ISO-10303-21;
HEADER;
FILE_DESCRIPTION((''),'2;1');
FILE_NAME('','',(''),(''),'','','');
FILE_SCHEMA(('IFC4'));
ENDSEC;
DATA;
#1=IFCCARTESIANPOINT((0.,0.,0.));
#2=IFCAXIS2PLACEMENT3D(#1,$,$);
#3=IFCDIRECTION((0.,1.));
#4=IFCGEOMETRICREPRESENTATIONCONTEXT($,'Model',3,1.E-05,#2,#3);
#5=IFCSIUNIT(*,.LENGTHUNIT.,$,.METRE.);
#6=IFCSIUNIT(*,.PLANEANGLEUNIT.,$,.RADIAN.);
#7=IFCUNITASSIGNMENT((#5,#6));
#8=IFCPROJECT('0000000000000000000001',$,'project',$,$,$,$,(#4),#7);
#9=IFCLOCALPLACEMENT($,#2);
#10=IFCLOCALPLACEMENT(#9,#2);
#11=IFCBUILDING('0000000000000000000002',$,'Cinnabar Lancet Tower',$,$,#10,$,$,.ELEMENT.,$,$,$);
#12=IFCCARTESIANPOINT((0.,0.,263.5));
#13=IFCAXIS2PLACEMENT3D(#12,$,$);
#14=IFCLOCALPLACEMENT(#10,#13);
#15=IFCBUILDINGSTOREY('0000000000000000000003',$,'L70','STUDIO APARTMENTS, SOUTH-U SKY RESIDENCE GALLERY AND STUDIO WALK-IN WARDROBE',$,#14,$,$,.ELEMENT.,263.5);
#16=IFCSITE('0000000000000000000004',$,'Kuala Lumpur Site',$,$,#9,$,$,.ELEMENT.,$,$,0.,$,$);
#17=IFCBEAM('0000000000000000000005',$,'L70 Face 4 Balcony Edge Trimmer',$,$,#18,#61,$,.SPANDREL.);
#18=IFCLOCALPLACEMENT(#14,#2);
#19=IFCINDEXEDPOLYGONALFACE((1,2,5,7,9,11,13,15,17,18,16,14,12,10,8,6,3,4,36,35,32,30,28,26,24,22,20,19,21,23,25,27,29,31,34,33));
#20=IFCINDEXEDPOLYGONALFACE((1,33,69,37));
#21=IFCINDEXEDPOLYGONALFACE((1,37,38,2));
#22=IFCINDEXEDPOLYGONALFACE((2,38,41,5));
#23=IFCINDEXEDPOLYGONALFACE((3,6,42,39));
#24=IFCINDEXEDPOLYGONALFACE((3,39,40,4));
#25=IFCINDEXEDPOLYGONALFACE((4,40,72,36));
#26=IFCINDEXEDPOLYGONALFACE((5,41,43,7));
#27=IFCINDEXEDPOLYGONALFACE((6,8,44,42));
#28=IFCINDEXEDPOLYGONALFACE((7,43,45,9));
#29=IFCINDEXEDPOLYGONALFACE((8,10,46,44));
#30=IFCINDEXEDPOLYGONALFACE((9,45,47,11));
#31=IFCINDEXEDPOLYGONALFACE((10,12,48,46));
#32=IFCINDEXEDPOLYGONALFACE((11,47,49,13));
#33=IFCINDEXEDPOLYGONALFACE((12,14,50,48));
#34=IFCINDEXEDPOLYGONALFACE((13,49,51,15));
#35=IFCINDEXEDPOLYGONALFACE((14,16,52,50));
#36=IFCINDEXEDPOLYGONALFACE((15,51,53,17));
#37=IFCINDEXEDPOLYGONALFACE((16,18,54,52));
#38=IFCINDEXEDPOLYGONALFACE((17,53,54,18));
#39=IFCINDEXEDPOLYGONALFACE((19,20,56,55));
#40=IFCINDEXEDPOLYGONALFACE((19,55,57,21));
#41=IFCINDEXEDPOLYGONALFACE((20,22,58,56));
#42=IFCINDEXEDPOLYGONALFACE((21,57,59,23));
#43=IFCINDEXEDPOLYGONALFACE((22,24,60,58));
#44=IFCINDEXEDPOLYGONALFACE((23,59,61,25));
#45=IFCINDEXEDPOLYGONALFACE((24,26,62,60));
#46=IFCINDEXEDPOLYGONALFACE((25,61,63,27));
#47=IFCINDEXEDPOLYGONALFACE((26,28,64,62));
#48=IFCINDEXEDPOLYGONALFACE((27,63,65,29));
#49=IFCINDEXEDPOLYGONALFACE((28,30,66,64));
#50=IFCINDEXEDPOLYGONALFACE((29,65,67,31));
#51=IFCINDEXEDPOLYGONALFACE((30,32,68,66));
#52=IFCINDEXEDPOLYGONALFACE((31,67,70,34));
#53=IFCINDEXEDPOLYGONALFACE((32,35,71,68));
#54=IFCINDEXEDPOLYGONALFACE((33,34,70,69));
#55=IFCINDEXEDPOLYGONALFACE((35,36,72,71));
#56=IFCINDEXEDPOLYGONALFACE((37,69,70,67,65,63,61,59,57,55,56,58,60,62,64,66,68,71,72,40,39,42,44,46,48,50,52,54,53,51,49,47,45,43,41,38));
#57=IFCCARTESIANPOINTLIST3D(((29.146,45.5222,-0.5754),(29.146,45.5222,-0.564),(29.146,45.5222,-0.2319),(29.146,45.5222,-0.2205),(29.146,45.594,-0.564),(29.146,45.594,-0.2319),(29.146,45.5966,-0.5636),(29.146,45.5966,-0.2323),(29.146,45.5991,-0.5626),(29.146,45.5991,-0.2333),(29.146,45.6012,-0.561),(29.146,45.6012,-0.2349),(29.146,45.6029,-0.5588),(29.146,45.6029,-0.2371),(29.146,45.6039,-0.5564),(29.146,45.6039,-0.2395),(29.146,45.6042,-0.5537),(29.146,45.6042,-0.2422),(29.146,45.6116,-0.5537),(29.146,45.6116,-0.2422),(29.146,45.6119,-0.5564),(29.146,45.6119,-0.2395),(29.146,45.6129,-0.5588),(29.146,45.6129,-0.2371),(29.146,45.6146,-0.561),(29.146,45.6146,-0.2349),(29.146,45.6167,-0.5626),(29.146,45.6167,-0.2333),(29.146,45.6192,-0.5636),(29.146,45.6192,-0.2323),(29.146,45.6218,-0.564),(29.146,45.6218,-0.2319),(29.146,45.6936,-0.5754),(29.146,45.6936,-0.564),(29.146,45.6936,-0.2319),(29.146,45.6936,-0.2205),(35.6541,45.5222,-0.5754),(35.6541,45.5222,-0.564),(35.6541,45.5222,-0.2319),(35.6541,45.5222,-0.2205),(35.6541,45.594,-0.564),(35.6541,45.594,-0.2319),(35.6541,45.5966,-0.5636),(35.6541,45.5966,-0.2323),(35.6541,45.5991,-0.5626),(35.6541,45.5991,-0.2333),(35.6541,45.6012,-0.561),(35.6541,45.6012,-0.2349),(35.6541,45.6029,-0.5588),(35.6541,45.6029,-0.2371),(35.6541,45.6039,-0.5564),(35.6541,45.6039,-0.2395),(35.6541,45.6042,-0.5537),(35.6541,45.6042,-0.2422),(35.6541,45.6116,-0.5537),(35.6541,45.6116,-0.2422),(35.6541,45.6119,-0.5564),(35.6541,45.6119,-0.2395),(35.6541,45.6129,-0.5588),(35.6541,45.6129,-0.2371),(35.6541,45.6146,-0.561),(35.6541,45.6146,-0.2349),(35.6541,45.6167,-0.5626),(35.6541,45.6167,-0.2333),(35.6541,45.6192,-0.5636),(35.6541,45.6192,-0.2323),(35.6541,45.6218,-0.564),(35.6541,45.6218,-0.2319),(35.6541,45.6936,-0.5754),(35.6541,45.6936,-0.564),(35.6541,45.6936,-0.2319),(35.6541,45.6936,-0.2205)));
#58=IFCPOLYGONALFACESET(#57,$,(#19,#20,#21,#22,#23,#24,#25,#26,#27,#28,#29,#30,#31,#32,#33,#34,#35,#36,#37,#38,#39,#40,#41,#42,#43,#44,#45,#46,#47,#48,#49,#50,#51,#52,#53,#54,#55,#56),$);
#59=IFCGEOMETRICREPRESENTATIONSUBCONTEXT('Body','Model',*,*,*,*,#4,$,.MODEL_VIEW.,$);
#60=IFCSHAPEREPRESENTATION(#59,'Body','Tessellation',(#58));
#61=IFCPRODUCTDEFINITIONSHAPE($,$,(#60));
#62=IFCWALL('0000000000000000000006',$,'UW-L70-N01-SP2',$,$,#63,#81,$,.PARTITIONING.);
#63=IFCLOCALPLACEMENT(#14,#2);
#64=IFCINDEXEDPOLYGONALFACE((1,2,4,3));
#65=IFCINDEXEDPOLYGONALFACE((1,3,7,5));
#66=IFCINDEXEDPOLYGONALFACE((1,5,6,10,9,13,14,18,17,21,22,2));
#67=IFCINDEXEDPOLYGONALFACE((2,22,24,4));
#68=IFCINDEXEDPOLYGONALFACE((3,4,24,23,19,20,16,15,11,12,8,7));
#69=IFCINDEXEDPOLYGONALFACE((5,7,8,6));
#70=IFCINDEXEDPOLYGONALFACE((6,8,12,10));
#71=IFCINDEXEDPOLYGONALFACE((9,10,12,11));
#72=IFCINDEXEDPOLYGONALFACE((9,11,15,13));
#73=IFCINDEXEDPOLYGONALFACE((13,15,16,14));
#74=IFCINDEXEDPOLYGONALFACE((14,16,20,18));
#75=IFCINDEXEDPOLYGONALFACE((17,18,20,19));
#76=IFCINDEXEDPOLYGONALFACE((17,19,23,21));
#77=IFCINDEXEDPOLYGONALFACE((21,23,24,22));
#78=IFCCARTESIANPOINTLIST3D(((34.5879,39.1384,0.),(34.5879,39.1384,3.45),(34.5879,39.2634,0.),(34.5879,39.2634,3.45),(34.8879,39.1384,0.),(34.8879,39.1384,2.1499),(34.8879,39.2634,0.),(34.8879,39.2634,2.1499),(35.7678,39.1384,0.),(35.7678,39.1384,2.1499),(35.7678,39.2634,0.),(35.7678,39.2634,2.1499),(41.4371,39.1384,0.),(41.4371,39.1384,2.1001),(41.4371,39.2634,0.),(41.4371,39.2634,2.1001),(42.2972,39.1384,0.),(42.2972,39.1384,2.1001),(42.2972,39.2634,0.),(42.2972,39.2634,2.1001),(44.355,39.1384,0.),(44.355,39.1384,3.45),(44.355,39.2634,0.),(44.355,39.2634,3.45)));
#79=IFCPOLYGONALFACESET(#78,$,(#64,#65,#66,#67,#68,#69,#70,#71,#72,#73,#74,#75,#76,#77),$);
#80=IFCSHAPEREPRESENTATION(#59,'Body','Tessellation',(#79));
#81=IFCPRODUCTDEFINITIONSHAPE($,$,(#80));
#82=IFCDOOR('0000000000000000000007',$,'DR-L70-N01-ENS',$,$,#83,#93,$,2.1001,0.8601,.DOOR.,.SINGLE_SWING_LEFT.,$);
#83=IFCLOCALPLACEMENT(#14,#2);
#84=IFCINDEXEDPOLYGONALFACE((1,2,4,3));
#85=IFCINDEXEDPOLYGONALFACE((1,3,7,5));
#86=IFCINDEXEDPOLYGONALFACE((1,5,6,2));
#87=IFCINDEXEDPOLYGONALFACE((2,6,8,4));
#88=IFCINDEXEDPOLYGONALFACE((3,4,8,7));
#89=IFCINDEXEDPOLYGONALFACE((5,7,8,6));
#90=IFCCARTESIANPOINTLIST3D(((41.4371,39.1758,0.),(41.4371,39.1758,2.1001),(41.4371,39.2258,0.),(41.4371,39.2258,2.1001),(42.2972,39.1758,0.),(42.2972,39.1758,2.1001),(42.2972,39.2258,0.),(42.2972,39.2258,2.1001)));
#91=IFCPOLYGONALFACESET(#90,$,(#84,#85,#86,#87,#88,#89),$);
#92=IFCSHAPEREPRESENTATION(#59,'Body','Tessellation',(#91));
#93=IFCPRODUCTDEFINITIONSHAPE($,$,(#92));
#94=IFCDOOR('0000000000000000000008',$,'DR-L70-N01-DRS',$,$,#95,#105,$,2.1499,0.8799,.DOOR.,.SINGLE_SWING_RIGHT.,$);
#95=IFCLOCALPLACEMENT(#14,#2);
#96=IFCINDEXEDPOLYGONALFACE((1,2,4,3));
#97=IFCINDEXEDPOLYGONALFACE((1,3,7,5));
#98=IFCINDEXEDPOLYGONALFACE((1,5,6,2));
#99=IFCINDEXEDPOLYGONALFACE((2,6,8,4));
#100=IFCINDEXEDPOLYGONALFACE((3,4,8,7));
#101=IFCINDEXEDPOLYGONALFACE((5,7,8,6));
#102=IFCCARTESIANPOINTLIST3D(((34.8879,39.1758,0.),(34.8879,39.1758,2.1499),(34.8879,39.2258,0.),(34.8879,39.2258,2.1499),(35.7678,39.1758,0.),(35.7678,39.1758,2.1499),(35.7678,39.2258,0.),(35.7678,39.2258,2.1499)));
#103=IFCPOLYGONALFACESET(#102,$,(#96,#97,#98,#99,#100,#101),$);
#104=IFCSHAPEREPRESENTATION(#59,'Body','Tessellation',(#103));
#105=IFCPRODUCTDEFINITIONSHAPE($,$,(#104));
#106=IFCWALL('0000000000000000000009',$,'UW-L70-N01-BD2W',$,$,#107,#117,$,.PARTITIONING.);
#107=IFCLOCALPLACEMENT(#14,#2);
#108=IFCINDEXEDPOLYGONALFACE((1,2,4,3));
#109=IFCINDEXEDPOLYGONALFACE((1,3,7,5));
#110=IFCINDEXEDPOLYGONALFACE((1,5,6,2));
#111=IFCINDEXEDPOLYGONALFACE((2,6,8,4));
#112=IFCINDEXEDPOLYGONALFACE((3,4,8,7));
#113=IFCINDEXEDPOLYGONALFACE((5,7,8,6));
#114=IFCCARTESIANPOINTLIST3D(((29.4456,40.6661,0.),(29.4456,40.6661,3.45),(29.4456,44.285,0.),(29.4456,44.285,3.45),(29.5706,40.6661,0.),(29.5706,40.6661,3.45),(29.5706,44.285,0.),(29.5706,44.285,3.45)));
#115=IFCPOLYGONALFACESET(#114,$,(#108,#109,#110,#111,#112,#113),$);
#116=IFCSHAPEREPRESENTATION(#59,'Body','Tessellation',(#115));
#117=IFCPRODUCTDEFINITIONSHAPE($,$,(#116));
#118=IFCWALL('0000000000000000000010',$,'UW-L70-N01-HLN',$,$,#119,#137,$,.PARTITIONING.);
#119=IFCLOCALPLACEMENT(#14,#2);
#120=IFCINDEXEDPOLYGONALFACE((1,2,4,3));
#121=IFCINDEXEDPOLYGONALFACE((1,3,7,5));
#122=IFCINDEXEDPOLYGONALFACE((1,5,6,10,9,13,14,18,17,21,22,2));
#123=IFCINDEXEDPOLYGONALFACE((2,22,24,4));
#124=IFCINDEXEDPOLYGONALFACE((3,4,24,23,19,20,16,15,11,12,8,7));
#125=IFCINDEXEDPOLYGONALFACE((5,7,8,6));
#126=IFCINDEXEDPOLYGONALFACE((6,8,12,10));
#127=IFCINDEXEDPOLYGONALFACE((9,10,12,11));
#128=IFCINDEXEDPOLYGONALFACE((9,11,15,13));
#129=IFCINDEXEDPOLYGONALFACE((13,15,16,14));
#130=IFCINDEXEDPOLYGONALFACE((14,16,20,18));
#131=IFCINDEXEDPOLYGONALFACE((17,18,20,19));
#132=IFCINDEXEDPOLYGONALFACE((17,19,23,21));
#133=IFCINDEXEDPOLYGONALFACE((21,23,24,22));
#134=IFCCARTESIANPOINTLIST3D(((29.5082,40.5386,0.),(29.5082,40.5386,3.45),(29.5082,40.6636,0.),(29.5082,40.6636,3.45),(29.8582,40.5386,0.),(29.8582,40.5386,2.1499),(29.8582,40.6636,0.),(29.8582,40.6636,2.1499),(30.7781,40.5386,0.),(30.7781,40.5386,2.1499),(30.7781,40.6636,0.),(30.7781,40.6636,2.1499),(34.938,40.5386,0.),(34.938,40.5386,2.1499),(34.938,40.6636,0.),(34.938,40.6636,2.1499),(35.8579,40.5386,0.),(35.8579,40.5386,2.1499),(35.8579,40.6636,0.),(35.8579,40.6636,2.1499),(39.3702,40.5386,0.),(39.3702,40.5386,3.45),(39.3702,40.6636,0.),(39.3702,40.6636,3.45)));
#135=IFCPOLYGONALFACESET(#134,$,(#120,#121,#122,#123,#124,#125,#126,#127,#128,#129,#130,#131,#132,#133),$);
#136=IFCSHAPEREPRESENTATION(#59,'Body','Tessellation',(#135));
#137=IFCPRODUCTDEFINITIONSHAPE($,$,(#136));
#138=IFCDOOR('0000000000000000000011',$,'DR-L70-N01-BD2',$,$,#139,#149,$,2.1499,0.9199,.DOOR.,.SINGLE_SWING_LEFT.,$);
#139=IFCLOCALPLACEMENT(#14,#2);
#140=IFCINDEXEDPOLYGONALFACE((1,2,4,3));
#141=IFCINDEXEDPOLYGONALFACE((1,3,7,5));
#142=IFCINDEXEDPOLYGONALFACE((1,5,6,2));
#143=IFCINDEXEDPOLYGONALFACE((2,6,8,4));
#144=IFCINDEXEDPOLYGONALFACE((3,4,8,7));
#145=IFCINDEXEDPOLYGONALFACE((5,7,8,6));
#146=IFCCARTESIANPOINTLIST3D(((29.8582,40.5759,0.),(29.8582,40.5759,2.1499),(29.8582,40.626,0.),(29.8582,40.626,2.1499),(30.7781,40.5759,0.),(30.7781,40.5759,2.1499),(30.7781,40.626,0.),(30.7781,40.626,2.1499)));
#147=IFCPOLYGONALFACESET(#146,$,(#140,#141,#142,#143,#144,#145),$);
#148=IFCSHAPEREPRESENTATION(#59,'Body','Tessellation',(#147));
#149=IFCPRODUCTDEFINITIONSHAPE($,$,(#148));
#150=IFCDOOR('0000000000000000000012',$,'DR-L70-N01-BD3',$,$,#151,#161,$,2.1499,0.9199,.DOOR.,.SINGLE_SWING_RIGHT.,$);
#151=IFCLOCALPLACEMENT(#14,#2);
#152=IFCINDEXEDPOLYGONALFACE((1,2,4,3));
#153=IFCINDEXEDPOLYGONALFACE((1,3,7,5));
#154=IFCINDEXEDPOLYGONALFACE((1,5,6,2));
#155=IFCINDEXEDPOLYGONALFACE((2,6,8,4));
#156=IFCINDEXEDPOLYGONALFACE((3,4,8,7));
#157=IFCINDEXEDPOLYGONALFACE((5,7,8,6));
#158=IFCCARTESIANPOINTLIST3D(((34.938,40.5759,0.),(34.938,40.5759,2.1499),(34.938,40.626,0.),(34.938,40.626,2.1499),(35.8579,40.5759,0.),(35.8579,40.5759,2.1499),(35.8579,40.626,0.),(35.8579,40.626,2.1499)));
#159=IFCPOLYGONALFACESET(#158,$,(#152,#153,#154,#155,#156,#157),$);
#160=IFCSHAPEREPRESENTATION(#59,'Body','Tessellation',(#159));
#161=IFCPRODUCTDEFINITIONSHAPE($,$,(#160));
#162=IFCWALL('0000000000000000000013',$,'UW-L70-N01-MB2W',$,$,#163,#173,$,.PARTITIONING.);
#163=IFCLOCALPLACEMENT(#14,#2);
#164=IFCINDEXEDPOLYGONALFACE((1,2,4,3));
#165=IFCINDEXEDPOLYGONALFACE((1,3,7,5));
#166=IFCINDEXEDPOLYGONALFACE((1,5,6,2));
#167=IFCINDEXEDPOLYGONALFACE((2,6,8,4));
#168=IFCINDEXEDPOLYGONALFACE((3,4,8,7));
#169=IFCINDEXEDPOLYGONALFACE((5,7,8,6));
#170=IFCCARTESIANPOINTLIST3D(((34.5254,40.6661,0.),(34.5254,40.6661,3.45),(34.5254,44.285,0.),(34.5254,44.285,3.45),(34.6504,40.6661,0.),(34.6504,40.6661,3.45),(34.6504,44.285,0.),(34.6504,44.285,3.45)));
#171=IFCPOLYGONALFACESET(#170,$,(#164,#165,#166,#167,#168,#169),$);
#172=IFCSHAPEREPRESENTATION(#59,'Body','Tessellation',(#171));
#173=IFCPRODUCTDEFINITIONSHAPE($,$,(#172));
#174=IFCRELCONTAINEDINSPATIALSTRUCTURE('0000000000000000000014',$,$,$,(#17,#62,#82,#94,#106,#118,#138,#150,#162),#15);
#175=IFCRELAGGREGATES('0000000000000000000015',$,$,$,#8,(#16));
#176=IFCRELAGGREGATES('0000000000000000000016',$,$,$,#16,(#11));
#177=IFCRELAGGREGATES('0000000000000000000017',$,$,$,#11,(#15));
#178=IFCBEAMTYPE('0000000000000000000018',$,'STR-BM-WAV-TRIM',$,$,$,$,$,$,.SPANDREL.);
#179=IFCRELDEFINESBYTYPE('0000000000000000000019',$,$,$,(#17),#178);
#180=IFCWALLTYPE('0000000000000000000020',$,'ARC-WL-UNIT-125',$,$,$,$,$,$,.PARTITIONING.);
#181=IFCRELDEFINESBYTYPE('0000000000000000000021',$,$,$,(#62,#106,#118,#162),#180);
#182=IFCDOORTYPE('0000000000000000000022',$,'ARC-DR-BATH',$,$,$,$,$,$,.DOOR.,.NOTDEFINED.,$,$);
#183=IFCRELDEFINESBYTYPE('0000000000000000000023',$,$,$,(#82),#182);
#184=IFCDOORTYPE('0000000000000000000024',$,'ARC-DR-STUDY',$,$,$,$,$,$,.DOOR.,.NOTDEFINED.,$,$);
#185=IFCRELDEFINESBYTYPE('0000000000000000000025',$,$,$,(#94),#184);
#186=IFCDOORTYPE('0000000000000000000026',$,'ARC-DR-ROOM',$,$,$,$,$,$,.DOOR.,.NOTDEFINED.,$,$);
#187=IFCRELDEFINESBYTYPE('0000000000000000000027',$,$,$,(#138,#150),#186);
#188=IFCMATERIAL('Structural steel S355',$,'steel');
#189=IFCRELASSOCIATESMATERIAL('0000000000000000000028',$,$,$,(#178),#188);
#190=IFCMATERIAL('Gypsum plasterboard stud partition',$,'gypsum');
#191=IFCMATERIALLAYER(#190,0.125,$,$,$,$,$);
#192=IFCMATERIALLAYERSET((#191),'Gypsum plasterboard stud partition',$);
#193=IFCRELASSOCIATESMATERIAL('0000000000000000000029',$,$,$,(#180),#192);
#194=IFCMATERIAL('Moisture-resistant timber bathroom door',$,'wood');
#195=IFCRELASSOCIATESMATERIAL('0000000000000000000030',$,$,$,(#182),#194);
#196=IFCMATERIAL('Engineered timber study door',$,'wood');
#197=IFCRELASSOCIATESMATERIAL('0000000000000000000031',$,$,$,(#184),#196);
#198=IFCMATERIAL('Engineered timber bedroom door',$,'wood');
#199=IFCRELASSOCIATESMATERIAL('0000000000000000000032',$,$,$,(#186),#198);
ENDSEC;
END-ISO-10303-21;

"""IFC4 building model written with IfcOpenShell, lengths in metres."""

from ifc_helpers import new_model, si_unit, direction, frame, frame_2d, origin, origin_2d, place, context, subcontext, project, spatial, rectangle, i_section, extrude, material, layer, layer_set, material_profile, profile_set, type_object, element, fill, save


model = new_model("IFC4")

# Units and contexts
model_context = context("Model", 3, precision=1e-05, world=origin(), true_north=direction((0.0, 1.0)))
body_context = subcontext(model_context, "Body", "Model", "MODEL_VIEW")
ifc_project = project(units=[si_unit("LENGTHUNIT", "METRE"), si_unit("PLANEANGLEUNIT", "RADIAN")], contexts=[model_context])

# Site, building, storey
site_placement = place(None, origin())
site = spatial("IfcSite", under=ifc_project, at=site_placement, Name="Kuala Lumpur Site", CompositionType="ELEMENT", RefElevation=0.0)
building_placement = place(site_placement, origin())
building = spatial("IfcBuilding", under=site, at=building_placement, Name="Cinnabar Lancet Tower", CompositionType="ELEMENT")
storey_placement = place(building_placement, frame((0.0, 0.0, 263.5)))
storey = spatial("IfcBuildingStorey", under=building, at=storey_placement, Name="L70", Description="STUDIO APARTMENTS, SOUTH-U SKY RESIDENCE GALLERY AND STUDIO WALK-IN WARDROBE", CompositionType="ELEMENT", Elevation=263.5)

# Beam
ifc_material_1 = material(Name="Structural steel S355", Category="steel")
ifc_material_profile_1 = material_profile(ifc_material_1, i_section(OverallWidth=0.1714, OverallDepth=0.355, WebThickness=0.0073, FlangeThickness=0.0115, FilletRadius=0.0103, at=origin_2d()), Name="UKB 356x171x51")
ifc_profile_set_1 = profile_set([ifc_material_profile_1], Name="Structural steel S355")
beam_type_1 = type_object("IfcBeamType", Name="STR-BM-WAV-TRIM", PredefinedType="SPANDREL", material=ifc_profile_set_1)
beam_1_placement = place(storey_placement, frame((35.6541, 45.6079, -0.3979), z_axis=(-1.0, 0.0, 0.0), x_axis=(0.0, -1.0, 0.0)))
element("IfcBeam", 1, at=beam_1_placement, inside=storey, type_object=beam_type_1, Name="L70 Face 4 Balcony Edge Trimmer", PredefinedType="SPANDREL", context=body_context, shape_type="SweptSolid", body=[
    extrude(i_section(OverallWidth=0.1714, OverallDepth=0.355, WebThickness=0.0073, FlangeThickness=0.0115, FilletRadius=0.0103, at=origin_2d()), origin(), (0.0, 0.0, 1.0), 6.5081),
])

# Wall, openings, doors
ifc_material_2 = material(Name="Gypsum plasterboard stud partition", Category="gypsum")
ifc_layer_1 = layer(ifc_material_2, 0.125)
ifc_layer_set_1 = layer_set([ifc_layer_1], Name="Gypsum plasterboard stud partition")
wall_type_1 = type_object("IfcWallType", Name="ARC-WL-UNIT-125", PredefinedType="PARTITIONING", material=ifc_layer_set_1)
wall_1_placement = place(storey_placement, frame((34.5879, 39.2009, 0.0), z_axis=(0.0, 0.0, 1.0), x_axis=(1.0, 0.0, 0.0)))
wall_1 = element("IfcWall", 2, at=wall_1_placement, inside=storey, type_object=wall_type_1, Name="UW-L70-N01-SP2", PredefinedType="PARTITIONING", context=body_context, shape_type="SweptSolid", body=[
    extrude(rectangle(XDim=9.7671, YDim=0.125, at=frame_2d((4.8835, 0.0))), origin(), (0.0, 0.0, 1.0), 3.45),
])
opening_1_placement = place(wall_1_placement, frame((6.8491, 0.0, 0.0)))
opening_1 = element("IfcOpeningElement", 3, at=opening_1_placement, cuts=wall_1, PredefinedType="OPENING", context=body_context, shape_type="SweptSolid", body=[
    extrude(rectangle(XDim=0.8601, YDim=2.1001, at=frame_2d((0.4302, 1.05))), frame((0.0, 0.0725, 0.0), z_axis=(0.0, -1.0, 0.0), x_axis=(1.0, 0.0, 0.0)), (0.0, 0.0, 1.0), 0.145),
])
opening_2_placement = place(wall_1_placement, frame((0.3, 0.0, 0.0)))
opening_2 = element("IfcOpeningElement", 4, at=opening_2_placement, cuts=wall_1, PredefinedType="OPENING", context=body_context, shape_type="SweptSolid", body=[
    extrude(rectangle(XDim=0.8799, YDim=2.1499, at=frame_2d((0.4399, 1.075))), frame((0.0, 0.0725, 0.0), z_axis=(0.0, -1.0, 0.0), x_axis=(1.0, 0.0, 0.0)), (0.0, 0.0, 1.0), 0.145),
])
ifc_material_3 = material(Name="Moisture-resistant timber bathroom door", Category="wood")
door_type_1 = type_object("IfcDoorType", Name="ARC-DR-BATH", OperationType="NOTDEFINED", PredefinedType="DOOR", material=ifc_material_3)
door_1_placement = place(opening_1_placement, origin())
door_1 = element("IfcDoor", 5, at=door_1_placement, inside=storey, type_object=door_type_1, Name="DR-L70-N01-ENS", OperationType="SINGLE_SWING_LEFT", OverallHeight=2.1001, OverallWidth=0.8601, PredefinedType="DOOR", context=body_context, shape_type="SweptSolid", body=[
    extrude(rectangle(XDim=0.8601, YDim=2.1001, at=frame_2d((0.4302, 1.05))), frame((0.0, 0.0249, 0.0), z_axis=(0.0, -1.0, 0.0), x_axis=(1.0, 0.0, 0.0)), (0.0, 0.0, 1.0), 0.05),
])
fill(opening_1, door_1)
ifc_material_4 = material(Name="Engineered timber study door", Category="wood")
door_type_2 = type_object("IfcDoorType", Name="ARC-DR-STUDY", OperationType="NOTDEFINED", PredefinedType="DOOR", material=ifc_material_4)
door_2_placement = place(opening_2_placement, origin())
door_2 = element("IfcDoor", 6, at=door_2_placement, inside=storey, type_object=door_type_2, Name="DR-L70-N01-DRS", OperationType="SINGLE_SWING_RIGHT", OverallHeight=2.1499, OverallWidth=0.8799, PredefinedType="DOOR", context=body_context, shape_type="SweptSolid", body=[
    extrude(rectangle(XDim=0.8799, YDim=2.1499, at=frame_2d((0.4399, 1.075))), frame((0.0, 0.0249, 0.0), z_axis=(0.0, -1.0, 0.0), x_axis=(1.0, 0.0, 0.0)), (0.0, 0.0, 1.0), 0.05),
])
fill(opening_2, door_2)

# Wall
wall_2_placement = place(storey_placement, frame((29.5081, 40.666, 0.0), z_axis=(0.0, 0.0, 1.0), x_axis=(0.0, 1.0, 0.0)))
element("IfcWall", 7, at=wall_2_placement, inside=storey, type_object=wall_type_1, Name="UW-L70-N01-BD2W", PredefinedType="PARTITIONING", context=body_context, shape_type="SweptSolid", body=[
    extrude(rectangle(XDim=3.6189, YDim=0.125, at=frame_2d((1.8096, 0.0))), origin(), (0.0, 0.0, 1.0), 3.45),
])

# Wall, openings, doors
wall_3_placement = place(storey_placement, frame((29.5081, 40.6011, 0.0), z_axis=(0.0, 0.0, 1.0), x_axis=(1.0, 0.0, 0.0)))
wall_3 = element("IfcWall", 8, at=wall_3_placement, inside=storey, type_object=wall_type_1, Name="UW-L70-N01-HLN", PredefinedType="PARTITIONING", context=body_context, shape_type="SweptSolid", body=[
    extrude(rectangle(XDim=9.8621, YDim=0.125, at=frame_2d((4.9312, 0.0))), origin(), (0.0, 0.0, 1.0), 3.45),
])
opening_3_placement = place(wall_3_placement, frame((0.3501, 0.0, 0.0)))
opening_3 = element("IfcOpeningElement", 9, at=opening_3_placement, cuts=wall_3, PredefinedType="OPENING", context=body_context, shape_type="SweptSolid", body=[
    extrude(rectangle(XDim=0.9199, YDim=2.1499, at=frame_2d((0.46, 1.075))), frame((0.0, 0.0725, 0.0), z_axis=(0.0, -1.0, 0.0), x_axis=(1.0, 0.0, 0.0)), (0.0, 0.0, 1.0), 0.145),
])
opening_4_placement = place(wall_3_placement, frame((5.4299, 0.0, 0.0)))
opening_4 = element("IfcOpeningElement", 10, at=opening_4_placement, cuts=wall_3, PredefinedType="OPENING", context=body_context, shape_type="SweptSolid", body=[
    extrude(rectangle(XDim=0.9199, YDim=2.1499, at=frame_2d((0.46, 1.075))), frame((0.0, 0.0725, 0.0), z_axis=(0.0, -1.0, 0.0), x_axis=(1.0, 0.0, 0.0)), (0.0, 0.0, 1.0), 0.145),
])
ifc_material_5 = material(Name="Engineered timber bedroom door", Category="wood")
door_type_3 = type_object("IfcDoorType", Name="ARC-DR-ROOM", OperationType="NOTDEFINED", PredefinedType="DOOR", material=ifc_material_5)
door_3_placement = place(opening_3_placement, origin())
door_3 = element("IfcDoor", 11, at=door_3_placement, inside=storey, type_object=door_type_3, Name="DR-L70-N01-BD2", OperationType="SINGLE_SWING_LEFT", OverallHeight=2.1499, OverallWidth=0.9199, PredefinedType="DOOR", context=body_context, shape_type="SweptSolid", body=[
    extrude(rectangle(XDim=0.9199, YDim=2.1499, at=frame_2d((0.46, 1.075))), frame((0.0, 0.0249, 0.0), z_axis=(0.0, -1.0, 0.0), x_axis=(1.0, 0.0, 0.0)), (0.0, 0.0, 1.0), 0.05),
])
fill(opening_3, door_3)
door_4_placement = place(opening_4_placement, origin())
door_4 = element("IfcDoor", 12, at=door_4_placement, inside=storey, type_object=door_type_3, Name="DR-L70-N01-BD3", OperationType="SINGLE_SWING_RIGHT", OverallHeight=2.1499, OverallWidth=0.9199, PredefinedType="DOOR", context=body_context, shape_type="SweptSolid", body=[
    extrude(rectangle(XDim=0.9199, YDim=2.1499, at=frame_2d((0.46, 1.075))), frame((0.0, 0.0249, 0.0), z_axis=(0.0, -1.0, 0.0), x_axis=(1.0, 0.0, 0.0)), (0.0, 0.0, 1.0), 0.05),
])
fill(opening_4, door_4)

# Wall
for number, where, z_axis, x_axis, name in (
    (13, (34.5879, 40.666, 0.0), (0.0, 0.0, 1.0), (0.0, 1.0, 0.0), "UW-L70-N01-MB2W"),
):
    element("IfcWall", number, at=place(storey_placement, frame(where, z_axis=z_axis, x_axis=x_axis)), inside=storey, type_object=wall_type_1, Name=name, PredefinedType="PARTITIONING", context=body_context, shape_type="SweptSolid", body=[
        extrude(rectangle(XDim=3.6189, YDim=0.125, at=frame_2d((1.8096, 0.0))), origin(), (0.0, 0.0, 1.0), 3.45),
    ])

save(model, "model.ifc")
